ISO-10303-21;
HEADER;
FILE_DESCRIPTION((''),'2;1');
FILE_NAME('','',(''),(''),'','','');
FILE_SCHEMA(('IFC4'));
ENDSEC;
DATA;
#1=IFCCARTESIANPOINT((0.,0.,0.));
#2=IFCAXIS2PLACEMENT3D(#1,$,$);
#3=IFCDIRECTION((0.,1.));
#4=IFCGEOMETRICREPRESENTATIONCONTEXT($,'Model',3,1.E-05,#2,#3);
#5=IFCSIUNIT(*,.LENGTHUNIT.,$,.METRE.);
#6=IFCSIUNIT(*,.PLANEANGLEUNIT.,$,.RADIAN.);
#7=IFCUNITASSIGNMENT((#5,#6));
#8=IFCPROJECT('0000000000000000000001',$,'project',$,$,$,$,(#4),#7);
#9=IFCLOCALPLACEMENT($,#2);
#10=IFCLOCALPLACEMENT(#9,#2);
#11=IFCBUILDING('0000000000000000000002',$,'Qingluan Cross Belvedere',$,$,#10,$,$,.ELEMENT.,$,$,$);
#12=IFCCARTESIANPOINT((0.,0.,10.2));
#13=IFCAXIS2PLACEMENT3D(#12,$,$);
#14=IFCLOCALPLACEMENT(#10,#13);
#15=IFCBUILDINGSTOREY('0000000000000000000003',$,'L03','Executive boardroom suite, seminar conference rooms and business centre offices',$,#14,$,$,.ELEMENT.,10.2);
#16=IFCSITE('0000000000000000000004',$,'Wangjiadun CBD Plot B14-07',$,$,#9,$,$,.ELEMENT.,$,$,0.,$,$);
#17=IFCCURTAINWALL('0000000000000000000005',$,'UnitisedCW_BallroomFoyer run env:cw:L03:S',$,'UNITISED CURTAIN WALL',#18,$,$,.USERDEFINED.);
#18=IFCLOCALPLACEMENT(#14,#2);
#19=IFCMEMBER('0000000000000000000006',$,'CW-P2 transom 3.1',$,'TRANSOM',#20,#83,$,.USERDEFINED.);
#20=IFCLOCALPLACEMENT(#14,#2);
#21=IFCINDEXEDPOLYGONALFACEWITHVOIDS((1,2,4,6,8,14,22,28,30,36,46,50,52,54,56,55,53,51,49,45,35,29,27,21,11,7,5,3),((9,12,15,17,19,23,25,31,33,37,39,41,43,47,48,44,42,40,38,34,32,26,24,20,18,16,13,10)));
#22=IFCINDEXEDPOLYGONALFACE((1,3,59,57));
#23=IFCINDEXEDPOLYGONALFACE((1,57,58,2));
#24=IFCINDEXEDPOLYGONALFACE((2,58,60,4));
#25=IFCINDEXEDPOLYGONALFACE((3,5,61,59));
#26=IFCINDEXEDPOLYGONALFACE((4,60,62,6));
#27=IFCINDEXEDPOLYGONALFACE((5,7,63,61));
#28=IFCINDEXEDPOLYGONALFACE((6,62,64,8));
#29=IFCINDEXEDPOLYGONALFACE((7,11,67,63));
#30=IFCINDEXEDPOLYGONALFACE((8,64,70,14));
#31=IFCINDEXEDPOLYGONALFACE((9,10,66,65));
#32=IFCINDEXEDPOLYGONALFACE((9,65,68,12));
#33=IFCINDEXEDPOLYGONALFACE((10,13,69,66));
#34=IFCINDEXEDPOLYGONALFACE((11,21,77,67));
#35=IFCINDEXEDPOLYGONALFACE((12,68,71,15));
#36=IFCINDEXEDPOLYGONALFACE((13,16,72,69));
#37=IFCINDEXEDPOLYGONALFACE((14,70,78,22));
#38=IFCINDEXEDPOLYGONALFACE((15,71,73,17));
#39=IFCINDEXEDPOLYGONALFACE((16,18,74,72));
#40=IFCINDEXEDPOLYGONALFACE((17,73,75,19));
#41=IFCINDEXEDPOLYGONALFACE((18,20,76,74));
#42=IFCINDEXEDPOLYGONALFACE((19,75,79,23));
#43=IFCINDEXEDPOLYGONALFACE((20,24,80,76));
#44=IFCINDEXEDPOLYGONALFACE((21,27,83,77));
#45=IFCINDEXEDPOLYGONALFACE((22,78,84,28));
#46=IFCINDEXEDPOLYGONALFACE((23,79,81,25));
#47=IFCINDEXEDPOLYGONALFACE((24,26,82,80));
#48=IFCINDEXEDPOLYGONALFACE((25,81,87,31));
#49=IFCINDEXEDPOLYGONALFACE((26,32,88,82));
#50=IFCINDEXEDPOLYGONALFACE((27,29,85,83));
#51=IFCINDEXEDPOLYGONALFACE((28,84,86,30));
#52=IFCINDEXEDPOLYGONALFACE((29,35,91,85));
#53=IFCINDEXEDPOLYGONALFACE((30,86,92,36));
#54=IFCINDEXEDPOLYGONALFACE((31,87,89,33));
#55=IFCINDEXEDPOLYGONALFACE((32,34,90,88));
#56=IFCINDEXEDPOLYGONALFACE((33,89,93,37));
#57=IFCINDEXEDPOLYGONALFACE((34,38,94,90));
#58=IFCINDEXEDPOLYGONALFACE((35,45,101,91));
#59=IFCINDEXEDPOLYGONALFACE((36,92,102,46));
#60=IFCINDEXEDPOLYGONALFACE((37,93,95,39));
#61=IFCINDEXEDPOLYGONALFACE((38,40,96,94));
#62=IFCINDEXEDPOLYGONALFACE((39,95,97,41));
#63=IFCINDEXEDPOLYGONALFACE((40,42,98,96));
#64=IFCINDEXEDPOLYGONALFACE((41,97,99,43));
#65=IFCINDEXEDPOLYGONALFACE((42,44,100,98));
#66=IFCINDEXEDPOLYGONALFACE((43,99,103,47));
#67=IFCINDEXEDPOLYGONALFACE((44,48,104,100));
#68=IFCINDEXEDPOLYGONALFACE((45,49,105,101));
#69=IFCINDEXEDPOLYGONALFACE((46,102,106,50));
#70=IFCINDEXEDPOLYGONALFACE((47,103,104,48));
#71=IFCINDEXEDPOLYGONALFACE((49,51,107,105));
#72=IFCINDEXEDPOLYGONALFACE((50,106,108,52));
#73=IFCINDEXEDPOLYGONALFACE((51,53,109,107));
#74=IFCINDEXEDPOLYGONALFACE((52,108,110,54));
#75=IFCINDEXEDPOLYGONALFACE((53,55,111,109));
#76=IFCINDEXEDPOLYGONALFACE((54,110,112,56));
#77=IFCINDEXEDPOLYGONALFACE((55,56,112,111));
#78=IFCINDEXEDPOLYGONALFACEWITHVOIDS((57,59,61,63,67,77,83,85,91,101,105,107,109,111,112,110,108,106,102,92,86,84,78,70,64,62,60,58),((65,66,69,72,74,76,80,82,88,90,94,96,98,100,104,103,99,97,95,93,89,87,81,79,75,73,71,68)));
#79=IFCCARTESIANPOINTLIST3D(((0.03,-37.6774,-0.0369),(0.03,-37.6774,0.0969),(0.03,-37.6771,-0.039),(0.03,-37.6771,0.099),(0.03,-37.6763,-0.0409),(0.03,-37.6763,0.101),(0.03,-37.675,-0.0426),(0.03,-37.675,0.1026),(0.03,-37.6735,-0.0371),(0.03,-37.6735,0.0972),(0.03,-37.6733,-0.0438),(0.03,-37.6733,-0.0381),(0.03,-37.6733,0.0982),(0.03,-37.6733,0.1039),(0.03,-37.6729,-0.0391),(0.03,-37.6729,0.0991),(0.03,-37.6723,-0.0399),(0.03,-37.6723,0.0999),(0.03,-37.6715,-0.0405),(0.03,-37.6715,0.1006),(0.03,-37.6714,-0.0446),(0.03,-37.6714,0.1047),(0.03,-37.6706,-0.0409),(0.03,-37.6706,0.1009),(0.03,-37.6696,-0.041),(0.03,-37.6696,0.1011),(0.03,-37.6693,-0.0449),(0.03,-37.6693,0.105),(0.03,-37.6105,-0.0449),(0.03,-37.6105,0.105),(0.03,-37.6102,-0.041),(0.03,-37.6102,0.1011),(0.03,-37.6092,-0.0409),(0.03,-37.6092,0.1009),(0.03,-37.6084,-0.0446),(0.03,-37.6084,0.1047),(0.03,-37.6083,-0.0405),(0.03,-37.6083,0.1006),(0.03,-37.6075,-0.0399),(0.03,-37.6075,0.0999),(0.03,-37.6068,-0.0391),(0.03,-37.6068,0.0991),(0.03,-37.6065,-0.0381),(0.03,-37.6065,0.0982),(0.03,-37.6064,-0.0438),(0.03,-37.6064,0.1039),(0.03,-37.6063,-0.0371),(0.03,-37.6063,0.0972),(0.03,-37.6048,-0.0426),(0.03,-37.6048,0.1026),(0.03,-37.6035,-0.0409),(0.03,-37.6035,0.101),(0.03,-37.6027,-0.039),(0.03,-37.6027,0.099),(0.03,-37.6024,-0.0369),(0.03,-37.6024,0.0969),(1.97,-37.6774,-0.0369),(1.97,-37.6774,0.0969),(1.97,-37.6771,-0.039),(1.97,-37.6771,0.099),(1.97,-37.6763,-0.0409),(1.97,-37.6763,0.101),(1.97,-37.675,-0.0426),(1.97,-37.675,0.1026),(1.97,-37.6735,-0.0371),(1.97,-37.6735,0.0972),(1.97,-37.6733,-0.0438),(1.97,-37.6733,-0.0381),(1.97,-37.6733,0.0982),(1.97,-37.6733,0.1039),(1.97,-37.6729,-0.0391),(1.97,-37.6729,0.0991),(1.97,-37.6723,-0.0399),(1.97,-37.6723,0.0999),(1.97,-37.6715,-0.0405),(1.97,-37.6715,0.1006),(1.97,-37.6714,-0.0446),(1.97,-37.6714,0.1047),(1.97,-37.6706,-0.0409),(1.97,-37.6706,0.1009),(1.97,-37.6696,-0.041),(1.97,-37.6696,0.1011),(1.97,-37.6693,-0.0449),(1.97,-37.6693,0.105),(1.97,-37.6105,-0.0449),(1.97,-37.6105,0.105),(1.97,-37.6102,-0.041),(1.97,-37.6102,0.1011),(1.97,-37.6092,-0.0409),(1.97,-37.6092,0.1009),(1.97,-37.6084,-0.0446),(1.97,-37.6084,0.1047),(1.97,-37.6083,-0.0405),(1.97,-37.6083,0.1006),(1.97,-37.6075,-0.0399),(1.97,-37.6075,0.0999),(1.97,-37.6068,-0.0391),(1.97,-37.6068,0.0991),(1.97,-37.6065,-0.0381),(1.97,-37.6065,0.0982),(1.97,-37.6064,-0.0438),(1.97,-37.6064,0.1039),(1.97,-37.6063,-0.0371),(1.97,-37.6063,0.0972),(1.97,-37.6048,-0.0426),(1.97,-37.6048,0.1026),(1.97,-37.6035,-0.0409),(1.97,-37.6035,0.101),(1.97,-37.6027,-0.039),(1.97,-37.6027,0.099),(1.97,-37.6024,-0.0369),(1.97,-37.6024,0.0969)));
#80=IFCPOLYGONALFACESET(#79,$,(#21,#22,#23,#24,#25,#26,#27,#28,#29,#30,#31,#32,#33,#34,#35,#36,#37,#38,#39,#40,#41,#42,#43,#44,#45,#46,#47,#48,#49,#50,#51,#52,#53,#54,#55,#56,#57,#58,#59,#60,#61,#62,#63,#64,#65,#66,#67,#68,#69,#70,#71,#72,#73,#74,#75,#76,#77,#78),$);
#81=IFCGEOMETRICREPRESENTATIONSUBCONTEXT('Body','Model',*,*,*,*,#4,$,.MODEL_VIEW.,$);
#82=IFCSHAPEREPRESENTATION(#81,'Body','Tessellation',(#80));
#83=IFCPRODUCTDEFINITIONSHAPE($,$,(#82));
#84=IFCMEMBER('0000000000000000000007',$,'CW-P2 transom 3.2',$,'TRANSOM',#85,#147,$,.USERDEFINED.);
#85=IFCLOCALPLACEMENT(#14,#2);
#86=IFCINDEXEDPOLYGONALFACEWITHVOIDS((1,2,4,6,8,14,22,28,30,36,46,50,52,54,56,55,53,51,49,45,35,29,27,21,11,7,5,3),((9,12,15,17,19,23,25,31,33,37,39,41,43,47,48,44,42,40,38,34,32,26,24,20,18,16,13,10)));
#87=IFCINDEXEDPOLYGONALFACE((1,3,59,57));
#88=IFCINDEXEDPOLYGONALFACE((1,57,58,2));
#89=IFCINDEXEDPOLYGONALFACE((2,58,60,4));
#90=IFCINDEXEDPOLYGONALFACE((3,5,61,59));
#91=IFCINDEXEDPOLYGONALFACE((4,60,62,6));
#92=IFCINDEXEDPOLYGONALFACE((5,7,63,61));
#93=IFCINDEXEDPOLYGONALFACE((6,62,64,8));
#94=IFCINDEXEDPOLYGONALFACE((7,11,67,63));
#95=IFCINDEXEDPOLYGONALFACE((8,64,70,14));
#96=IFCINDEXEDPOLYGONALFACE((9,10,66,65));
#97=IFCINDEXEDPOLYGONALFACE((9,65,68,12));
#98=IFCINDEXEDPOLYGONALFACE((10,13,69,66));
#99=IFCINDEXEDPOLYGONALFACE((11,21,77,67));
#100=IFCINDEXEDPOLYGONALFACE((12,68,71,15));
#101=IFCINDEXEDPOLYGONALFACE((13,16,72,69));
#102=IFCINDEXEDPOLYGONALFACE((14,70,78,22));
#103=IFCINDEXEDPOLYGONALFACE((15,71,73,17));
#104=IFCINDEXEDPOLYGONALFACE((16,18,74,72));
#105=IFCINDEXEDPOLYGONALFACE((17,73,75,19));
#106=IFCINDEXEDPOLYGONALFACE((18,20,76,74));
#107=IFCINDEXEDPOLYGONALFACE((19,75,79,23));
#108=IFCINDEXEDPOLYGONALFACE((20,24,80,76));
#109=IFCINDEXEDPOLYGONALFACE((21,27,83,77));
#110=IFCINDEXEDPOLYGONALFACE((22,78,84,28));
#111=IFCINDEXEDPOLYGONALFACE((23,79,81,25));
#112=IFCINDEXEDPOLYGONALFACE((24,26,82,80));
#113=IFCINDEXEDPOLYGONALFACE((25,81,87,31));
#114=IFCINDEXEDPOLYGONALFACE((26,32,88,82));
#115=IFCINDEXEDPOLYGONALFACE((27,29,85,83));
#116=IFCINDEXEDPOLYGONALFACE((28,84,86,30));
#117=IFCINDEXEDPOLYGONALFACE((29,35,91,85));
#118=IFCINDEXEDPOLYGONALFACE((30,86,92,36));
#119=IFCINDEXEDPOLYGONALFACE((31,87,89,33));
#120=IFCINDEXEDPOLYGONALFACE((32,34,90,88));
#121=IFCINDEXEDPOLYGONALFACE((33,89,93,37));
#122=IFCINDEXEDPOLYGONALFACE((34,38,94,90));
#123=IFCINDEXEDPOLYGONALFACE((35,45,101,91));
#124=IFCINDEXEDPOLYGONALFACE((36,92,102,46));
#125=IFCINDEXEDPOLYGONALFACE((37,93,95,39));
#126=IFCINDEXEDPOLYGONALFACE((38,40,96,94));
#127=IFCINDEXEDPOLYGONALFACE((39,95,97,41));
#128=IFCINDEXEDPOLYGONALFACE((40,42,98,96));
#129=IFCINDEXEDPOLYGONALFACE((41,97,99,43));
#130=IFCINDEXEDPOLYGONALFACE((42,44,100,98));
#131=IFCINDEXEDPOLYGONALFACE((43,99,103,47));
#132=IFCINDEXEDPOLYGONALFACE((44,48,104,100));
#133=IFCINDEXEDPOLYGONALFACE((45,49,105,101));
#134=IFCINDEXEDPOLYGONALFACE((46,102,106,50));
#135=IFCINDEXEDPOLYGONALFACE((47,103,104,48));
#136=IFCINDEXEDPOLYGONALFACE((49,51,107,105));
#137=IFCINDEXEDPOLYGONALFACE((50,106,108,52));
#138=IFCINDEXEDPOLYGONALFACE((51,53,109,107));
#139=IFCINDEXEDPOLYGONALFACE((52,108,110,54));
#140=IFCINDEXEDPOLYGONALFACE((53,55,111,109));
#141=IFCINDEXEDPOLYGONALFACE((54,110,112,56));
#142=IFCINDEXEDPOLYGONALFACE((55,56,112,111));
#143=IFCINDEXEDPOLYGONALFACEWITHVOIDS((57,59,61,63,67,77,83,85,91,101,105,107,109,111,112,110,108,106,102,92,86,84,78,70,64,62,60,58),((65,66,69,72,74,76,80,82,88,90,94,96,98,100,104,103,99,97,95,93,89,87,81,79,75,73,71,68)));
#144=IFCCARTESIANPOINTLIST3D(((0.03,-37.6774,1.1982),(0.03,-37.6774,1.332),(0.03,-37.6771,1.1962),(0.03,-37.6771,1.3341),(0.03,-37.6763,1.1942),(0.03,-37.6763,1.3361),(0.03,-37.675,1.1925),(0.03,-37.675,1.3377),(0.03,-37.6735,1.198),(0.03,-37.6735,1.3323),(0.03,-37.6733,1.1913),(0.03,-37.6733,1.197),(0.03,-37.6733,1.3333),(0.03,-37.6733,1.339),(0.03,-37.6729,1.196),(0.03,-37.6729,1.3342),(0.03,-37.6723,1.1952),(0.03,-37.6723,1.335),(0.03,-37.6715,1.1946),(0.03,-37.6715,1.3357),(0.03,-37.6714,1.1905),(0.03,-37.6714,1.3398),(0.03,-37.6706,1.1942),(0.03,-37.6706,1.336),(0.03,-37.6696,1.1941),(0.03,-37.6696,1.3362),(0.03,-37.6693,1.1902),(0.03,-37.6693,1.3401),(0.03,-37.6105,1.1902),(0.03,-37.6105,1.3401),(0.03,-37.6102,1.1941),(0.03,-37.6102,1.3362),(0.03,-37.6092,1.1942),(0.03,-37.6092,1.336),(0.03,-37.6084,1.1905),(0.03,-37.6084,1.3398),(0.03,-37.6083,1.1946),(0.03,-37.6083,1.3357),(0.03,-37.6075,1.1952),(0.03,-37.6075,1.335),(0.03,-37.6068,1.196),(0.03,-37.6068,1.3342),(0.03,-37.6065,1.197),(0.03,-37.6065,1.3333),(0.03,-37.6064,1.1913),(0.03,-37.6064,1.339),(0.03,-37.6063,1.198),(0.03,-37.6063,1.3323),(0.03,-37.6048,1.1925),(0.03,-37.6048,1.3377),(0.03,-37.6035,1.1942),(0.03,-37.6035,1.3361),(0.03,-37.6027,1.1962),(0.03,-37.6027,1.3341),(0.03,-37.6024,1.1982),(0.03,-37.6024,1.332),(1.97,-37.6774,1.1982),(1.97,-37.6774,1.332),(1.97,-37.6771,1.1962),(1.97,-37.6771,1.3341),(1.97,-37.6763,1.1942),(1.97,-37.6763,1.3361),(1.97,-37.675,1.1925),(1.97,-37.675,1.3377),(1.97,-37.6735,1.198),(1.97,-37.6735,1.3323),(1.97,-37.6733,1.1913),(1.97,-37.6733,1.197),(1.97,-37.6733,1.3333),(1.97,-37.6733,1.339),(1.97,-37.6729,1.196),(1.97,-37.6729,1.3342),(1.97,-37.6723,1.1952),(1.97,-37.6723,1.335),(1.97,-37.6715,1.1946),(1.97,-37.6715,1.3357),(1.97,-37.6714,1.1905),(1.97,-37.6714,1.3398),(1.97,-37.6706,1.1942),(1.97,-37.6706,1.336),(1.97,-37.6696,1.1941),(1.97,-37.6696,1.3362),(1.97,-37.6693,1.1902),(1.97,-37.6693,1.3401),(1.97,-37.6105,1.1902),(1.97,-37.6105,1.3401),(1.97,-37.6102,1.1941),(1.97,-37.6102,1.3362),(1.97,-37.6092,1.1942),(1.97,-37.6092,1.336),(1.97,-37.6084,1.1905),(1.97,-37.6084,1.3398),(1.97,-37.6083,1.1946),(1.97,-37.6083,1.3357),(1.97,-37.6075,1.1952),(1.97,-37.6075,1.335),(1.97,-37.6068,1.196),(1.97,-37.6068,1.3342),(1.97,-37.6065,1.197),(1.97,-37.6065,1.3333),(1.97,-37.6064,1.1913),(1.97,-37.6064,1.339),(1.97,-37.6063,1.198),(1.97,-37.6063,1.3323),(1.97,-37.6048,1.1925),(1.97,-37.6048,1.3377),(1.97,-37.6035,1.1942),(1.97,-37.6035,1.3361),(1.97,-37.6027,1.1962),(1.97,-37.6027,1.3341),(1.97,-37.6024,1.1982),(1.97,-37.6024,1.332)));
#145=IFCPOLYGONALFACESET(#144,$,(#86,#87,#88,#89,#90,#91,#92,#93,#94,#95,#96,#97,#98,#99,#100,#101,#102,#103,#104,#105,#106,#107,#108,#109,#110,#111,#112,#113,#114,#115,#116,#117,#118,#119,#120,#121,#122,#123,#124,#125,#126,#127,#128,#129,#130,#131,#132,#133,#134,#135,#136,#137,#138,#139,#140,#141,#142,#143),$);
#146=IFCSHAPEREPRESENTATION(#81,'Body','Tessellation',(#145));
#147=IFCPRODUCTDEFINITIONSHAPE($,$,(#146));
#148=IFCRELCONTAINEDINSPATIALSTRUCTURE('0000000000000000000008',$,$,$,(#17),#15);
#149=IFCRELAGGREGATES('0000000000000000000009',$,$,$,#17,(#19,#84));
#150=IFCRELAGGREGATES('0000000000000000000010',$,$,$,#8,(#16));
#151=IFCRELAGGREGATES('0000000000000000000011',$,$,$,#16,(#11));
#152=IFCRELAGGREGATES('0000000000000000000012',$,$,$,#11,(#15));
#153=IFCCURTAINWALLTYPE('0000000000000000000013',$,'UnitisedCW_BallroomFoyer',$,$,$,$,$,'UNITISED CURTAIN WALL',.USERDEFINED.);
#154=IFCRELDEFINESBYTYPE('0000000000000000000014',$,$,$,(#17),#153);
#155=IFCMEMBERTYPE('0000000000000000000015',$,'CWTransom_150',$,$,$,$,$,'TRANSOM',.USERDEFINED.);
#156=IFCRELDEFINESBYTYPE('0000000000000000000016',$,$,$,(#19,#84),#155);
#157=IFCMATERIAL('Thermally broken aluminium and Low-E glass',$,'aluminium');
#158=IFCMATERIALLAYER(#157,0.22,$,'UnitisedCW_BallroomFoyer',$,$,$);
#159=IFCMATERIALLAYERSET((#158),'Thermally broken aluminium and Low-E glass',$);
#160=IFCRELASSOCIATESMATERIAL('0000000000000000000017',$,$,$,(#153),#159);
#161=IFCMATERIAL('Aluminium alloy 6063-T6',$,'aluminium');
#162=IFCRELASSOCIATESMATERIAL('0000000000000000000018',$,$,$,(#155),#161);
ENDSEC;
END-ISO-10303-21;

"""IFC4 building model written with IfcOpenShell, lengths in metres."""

from ifc_helpers import new_model, si_unit, direction, frame, origin, origin_2d, place, context, subcontext, project, spatial, hollow_rectangle, extrude, material, layer, layer_set, material_profile, profile_set, type_object, element, aggregate, save


model = new_model("IFC4")

# Units and contexts
model_context = context("Model", 3, precision=1e-05, world=origin(), true_north=direction((0.0, 1.0)))
body_context = subcontext(model_context, "Body", "Model", "MODEL_VIEW")
ifc_project = project(units=[si_unit("LENGTHUNIT", "METRE"), si_unit("PLANEANGLEUNIT", "RADIAN")], contexts=[model_context])

# Site, building, storey
site_placement = place(None, origin())
site = spatial("IfcSite", under=ifc_project, at=site_placement, Name="Wangjiadun CBD Plot B14-07", CompositionType="ELEMENT", RefElevation=0.0)
building_placement = place(site_placement, origin())
building = spatial("IfcBuilding", under=site, at=building_placement, Name="Qingluan Cross Belvedere", CompositionType="ELEMENT")
storey_placement = place(building_placement, frame((0.0, 0.0, 10.2)))
storey = spatial("IfcBuildingStorey", under=building, at=storey_placement, Name="L03", Description="Executive boardroom suite, seminar conference rooms and business centre offices", CompositionType="ELEMENT", Elevation=10.2)

# Curtain wall, members
ifc_material_1 = material(Name="Thermally broken aluminium and Low-E glass", Category="aluminium")
ifc_layer_1 = layer(ifc_material_1, 0.22, Name="UnitisedCW_BallroomFoyer")
ifc_layer_set_1 = layer_set([ifc_layer_1], Name="Thermally broken aluminium and Low-E glass")
curtain_wall_type = type_object("IfcCurtainWallType", Name="UnitisedCW_BallroomFoyer", ElementType="UNITISED CURTAIN WALL", PredefinedType="USERDEFINED", material=ifc_layer_set_1)
curtain_wall_placement = place(storey_placement, origin())
curtain_wall = element("IfcCurtainWall", 1, at=curtain_wall_placement, inside=storey, type_object=curtain_wall_type, Name="UnitisedCW_BallroomFoyer run env:cw:L03:S", ObjectType="UNITISED CURTAIN WALL", PredefinedType="USERDEFINED")
ifc_material_2 = material(Name="Aluminium alloy 6063-T6", Category="aluminium")
ifc_material_profile_1 = material_profile(ifc_material_2, hollow_rectangle(XDim=0.075, YDim=0.1499, WallThickness=0.0039, InnerFilletRadius=0.0039, OuterFilletRadius=0.0081, at=origin_2d()), Name="CWT150x75x4")
ifc_profile_set_1 = profile_set([ifc_material_profile_1], Name="Aluminium alloy 6063-T6")
member_type_1 = type_object("IfcMemberType", Name="CWTransom_150", ElementType="TRANSOM", PredefinedType="USERDEFINED", material=ifc_profile_set_1)
member_1_placement = place(storey_placement, frame((1.97, -37.6399, 0.03), z_axis=(-1.0, 0.0, 0.0), x_axis=(0.0, -1.0, 0.0)))
member_1 = element("IfcMember", 2, at=member_1_placement, type_object=member_type_1, Name="CW-P2 transom 3.1", ObjectType="TRANSOM", PredefinedType="USERDEFINED", context=body_context, shape_type="SweptSolid", body=[
    extrude(hollow_rectangle(XDim=0.075, YDim=0.1499, WallThickness=0.0039, InnerFilletRadius=0.0039, OuterFilletRadius=0.0081, at=origin_2d()), origin(), (0.0, 0.0, 1.0), 1.9399),
])
member_2_placement = place(storey_placement, frame((1.97, -37.6399, 1.2651), z_axis=(-1.0, 0.0, 0.0), x_axis=(0.0, -1.0, 0.0)))
member_2 = element("IfcMember", 3, at=member_2_placement, type_object=member_type_1, Name="CW-P2 transom 3.2", ObjectType="TRANSOM", PredefinedType="USERDEFINED", context=body_context, shape_type="SweptSolid", body=[
    extrude(hollow_rectangle(XDim=0.075, YDim=0.1499, WallThickness=0.0039, InnerFilletRadius=0.0039, OuterFilletRadius=0.0081, at=origin_2d()), origin(), (0.0, 0.0, 1.0), 1.9399),
])
aggregate(curtain_wall, [member_1, member_2])

save(model, "model.ifc")
